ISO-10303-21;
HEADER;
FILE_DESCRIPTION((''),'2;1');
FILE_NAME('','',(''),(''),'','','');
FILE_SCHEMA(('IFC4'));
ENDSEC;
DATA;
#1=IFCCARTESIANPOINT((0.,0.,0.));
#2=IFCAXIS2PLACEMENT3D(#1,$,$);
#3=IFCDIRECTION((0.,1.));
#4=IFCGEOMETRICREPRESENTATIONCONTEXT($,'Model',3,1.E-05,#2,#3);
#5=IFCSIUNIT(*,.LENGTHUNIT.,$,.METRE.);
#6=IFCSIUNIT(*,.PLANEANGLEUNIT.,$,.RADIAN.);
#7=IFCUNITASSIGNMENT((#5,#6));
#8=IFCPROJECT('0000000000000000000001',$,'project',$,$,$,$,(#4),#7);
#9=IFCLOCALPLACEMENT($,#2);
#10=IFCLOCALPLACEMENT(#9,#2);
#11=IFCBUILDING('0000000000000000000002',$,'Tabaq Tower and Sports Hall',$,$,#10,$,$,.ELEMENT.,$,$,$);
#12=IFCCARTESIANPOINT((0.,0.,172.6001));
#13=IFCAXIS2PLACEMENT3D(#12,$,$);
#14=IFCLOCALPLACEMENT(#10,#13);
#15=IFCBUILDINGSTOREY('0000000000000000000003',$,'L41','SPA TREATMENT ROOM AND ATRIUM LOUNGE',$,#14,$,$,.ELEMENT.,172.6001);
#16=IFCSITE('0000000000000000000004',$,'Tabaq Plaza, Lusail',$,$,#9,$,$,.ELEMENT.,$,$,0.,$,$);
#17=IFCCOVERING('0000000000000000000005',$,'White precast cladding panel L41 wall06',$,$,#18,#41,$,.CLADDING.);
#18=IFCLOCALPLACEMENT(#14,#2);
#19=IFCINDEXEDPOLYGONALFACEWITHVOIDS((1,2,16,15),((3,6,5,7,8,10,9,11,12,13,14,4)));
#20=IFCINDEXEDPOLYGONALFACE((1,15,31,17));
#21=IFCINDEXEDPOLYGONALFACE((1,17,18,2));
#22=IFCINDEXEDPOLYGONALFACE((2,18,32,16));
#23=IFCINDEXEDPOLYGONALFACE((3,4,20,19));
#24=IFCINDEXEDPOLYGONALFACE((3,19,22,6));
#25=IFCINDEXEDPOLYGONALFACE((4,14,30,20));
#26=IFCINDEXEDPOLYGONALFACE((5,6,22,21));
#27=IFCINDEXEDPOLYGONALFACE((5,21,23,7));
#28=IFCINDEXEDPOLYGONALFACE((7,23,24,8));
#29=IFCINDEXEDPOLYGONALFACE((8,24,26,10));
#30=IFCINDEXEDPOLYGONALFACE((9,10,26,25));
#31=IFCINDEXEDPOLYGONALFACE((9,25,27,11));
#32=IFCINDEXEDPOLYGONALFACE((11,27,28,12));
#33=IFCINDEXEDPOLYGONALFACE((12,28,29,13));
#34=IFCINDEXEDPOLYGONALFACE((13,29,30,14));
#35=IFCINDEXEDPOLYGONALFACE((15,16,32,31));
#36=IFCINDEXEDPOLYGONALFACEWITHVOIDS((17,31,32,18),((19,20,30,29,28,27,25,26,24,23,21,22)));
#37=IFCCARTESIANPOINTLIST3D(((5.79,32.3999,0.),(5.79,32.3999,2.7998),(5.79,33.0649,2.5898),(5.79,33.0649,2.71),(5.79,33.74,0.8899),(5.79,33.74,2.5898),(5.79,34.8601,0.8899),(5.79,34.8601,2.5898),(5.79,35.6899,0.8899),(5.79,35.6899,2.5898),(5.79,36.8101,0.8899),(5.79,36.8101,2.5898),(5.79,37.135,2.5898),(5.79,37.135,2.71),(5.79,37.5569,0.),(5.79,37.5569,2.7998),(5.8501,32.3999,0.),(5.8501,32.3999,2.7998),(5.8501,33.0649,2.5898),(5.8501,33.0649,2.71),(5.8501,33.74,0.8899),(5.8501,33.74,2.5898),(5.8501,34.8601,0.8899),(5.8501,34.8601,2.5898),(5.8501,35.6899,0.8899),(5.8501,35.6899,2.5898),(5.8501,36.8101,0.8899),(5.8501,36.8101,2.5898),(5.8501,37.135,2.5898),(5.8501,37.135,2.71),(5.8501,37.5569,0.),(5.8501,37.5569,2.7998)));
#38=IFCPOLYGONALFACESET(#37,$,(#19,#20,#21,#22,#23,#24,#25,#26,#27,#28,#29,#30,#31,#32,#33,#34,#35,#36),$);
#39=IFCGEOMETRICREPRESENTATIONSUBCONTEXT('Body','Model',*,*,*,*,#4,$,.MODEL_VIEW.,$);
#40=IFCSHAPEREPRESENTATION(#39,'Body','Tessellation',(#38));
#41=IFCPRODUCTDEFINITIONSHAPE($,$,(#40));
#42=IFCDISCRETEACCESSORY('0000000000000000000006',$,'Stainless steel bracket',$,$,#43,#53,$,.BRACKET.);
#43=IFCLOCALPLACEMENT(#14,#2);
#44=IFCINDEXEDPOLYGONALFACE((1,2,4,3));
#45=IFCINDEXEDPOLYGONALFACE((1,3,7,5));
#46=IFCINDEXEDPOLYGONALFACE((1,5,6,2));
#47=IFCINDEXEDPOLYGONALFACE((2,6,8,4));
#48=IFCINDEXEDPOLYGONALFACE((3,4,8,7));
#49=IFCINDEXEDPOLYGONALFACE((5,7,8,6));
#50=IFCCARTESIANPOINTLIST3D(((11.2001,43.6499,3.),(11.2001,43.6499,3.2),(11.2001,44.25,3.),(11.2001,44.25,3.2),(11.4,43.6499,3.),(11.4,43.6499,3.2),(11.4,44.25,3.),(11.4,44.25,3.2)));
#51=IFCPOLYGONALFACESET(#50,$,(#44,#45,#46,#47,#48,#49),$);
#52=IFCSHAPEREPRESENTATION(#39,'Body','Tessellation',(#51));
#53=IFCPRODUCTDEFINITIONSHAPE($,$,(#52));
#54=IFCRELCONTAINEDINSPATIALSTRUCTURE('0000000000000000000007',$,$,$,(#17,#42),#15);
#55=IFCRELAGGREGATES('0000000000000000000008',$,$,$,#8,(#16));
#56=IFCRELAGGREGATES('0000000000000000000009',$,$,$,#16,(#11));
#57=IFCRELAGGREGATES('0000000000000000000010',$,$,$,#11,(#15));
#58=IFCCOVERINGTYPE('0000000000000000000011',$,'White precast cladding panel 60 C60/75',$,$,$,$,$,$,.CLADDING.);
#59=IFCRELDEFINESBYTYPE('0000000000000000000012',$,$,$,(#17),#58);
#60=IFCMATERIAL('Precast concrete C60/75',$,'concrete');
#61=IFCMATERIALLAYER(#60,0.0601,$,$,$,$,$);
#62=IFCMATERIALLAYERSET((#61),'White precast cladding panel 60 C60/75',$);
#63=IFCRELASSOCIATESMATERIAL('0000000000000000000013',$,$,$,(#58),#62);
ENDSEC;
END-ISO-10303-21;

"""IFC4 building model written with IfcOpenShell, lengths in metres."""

from ifc_helpers import new_model, si_unit, direction, frame, origin, origin_2d, place, context, subcontext, project, spatial, polyline, rectangle, outline, extrude, material, layer, layer_set, type_object, element, save


model = new_model("IFC4")

# Units and contexts
model_context = context("Model", 3, precision=1e-05, world=origin(), true_north=direction((0.0, 1.0)))
body_context = subcontext(model_context, "Body", "Model", "MODEL_VIEW")
ifc_project = project(units=[si_unit("LENGTHUNIT", "METRE"), si_unit("PLANEANGLEUNIT", "RADIAN")], contexts=[model_context])

# Site, building, storey
site_placement = place(None, origin())
site = spatial("IfcSite", under=ifc_project, at=site_placement, Name="Tabaq Plaza, Lusail", CompositionType="ELEMENT", RefElevation=0.0)
building_placement = place(site_placement, origin())
building = spatial("IfcBuilding", under=site, at=building_placement, Name="Tabaq Tower and Sports Hall", CompositionType="ELEMENT")
storey_placement = place(building_placement, frame((0.0, 0.0, 172.6001)))
storey = spatial("IfcBuildingStorey", under=building, at=storey_placement, Name="L41", Description="SPA TREATMENT ROOM AND ATRIUM LOUNGE", CompositionType="ELEMENT", Elevation=172.6001)

# Covering
ifc_material_1 = material(Name="Precast concrete C60/75", Category="concrete")
ifc_layer_1 = layer(ifc_material_1, 0.0601)
ifc_layer_set_1 = layer_set([ifc_layer_1], Name="White precast cladding panel 60 C60/75")
covering_type = type_object("IfcCoveringType", Name="White precast cladding panel 60 C60/75", PredefinedType="CLADDING", material=ifc_layer_set_1)
covering_1_placement = place(storey_placement, frame((5.8201, 37.5569, 0.0), z_axis=(0.0, 0.0, 1.0), x_axis=(0.0, -1.0, 0.0)))
element("IfcCovering", 1, at=covering_1_placement, inside=storey, type_object=covering_type, Name="White precast cladding panel L41 wall06", PredefinedType="CLADDING", context=body_context, shape_type="SweptSolid", body=[
    extrude(outline(polyline([(0.0, 0.0), (5.157, 0.0), (5.157, 2.7998), (0.0, 2.7998), (0.0, 0.0)]), holes=[polyline([(0.7468, 2.5898), (0.4219, 2.5898), (0.4219, 2.71), (4.4919, 2.71), (4.4919, 2.5898), (3.8169, 2.5898), (3.8169, 0.8899), (2.6968, 0.8899), (2.6968, 2.5898), (1.8669, 2.5898), (1.8669, 0.8899), (0.7468, 0.8899), (0.7468, 2.5898)])]), frame((0.0, 0.03, 0.0), z_axis=(0.0, -1.0, 0.0), x_axis=(1.0, 0.0, 0.0)), (0.0, 0.0, 1.0), 0.0601),
])

# Discrete accessory
discrete_accessory_placement = place(storey_placement, frame((11.3, 43.95, 3.0), z_axis=(0.0, 0.0, 1.0), x_axis=(0.0, 1.0, 0.0)))
element("IfcDiscreteAccessory", 2, at=discrete_accessory_placement, inside=storey, Name="Stainless steel bracket", PredefinedType="BRACKET", context=body_context, shape_type="SweptSolid", body=[
    extrude(rectangle(XDim=0.6001, YDim=0.2, at=origin_2d()), origin(), (0.0, 0.0, 1.0), 0.2),
])

save(model, "model.ifc")
